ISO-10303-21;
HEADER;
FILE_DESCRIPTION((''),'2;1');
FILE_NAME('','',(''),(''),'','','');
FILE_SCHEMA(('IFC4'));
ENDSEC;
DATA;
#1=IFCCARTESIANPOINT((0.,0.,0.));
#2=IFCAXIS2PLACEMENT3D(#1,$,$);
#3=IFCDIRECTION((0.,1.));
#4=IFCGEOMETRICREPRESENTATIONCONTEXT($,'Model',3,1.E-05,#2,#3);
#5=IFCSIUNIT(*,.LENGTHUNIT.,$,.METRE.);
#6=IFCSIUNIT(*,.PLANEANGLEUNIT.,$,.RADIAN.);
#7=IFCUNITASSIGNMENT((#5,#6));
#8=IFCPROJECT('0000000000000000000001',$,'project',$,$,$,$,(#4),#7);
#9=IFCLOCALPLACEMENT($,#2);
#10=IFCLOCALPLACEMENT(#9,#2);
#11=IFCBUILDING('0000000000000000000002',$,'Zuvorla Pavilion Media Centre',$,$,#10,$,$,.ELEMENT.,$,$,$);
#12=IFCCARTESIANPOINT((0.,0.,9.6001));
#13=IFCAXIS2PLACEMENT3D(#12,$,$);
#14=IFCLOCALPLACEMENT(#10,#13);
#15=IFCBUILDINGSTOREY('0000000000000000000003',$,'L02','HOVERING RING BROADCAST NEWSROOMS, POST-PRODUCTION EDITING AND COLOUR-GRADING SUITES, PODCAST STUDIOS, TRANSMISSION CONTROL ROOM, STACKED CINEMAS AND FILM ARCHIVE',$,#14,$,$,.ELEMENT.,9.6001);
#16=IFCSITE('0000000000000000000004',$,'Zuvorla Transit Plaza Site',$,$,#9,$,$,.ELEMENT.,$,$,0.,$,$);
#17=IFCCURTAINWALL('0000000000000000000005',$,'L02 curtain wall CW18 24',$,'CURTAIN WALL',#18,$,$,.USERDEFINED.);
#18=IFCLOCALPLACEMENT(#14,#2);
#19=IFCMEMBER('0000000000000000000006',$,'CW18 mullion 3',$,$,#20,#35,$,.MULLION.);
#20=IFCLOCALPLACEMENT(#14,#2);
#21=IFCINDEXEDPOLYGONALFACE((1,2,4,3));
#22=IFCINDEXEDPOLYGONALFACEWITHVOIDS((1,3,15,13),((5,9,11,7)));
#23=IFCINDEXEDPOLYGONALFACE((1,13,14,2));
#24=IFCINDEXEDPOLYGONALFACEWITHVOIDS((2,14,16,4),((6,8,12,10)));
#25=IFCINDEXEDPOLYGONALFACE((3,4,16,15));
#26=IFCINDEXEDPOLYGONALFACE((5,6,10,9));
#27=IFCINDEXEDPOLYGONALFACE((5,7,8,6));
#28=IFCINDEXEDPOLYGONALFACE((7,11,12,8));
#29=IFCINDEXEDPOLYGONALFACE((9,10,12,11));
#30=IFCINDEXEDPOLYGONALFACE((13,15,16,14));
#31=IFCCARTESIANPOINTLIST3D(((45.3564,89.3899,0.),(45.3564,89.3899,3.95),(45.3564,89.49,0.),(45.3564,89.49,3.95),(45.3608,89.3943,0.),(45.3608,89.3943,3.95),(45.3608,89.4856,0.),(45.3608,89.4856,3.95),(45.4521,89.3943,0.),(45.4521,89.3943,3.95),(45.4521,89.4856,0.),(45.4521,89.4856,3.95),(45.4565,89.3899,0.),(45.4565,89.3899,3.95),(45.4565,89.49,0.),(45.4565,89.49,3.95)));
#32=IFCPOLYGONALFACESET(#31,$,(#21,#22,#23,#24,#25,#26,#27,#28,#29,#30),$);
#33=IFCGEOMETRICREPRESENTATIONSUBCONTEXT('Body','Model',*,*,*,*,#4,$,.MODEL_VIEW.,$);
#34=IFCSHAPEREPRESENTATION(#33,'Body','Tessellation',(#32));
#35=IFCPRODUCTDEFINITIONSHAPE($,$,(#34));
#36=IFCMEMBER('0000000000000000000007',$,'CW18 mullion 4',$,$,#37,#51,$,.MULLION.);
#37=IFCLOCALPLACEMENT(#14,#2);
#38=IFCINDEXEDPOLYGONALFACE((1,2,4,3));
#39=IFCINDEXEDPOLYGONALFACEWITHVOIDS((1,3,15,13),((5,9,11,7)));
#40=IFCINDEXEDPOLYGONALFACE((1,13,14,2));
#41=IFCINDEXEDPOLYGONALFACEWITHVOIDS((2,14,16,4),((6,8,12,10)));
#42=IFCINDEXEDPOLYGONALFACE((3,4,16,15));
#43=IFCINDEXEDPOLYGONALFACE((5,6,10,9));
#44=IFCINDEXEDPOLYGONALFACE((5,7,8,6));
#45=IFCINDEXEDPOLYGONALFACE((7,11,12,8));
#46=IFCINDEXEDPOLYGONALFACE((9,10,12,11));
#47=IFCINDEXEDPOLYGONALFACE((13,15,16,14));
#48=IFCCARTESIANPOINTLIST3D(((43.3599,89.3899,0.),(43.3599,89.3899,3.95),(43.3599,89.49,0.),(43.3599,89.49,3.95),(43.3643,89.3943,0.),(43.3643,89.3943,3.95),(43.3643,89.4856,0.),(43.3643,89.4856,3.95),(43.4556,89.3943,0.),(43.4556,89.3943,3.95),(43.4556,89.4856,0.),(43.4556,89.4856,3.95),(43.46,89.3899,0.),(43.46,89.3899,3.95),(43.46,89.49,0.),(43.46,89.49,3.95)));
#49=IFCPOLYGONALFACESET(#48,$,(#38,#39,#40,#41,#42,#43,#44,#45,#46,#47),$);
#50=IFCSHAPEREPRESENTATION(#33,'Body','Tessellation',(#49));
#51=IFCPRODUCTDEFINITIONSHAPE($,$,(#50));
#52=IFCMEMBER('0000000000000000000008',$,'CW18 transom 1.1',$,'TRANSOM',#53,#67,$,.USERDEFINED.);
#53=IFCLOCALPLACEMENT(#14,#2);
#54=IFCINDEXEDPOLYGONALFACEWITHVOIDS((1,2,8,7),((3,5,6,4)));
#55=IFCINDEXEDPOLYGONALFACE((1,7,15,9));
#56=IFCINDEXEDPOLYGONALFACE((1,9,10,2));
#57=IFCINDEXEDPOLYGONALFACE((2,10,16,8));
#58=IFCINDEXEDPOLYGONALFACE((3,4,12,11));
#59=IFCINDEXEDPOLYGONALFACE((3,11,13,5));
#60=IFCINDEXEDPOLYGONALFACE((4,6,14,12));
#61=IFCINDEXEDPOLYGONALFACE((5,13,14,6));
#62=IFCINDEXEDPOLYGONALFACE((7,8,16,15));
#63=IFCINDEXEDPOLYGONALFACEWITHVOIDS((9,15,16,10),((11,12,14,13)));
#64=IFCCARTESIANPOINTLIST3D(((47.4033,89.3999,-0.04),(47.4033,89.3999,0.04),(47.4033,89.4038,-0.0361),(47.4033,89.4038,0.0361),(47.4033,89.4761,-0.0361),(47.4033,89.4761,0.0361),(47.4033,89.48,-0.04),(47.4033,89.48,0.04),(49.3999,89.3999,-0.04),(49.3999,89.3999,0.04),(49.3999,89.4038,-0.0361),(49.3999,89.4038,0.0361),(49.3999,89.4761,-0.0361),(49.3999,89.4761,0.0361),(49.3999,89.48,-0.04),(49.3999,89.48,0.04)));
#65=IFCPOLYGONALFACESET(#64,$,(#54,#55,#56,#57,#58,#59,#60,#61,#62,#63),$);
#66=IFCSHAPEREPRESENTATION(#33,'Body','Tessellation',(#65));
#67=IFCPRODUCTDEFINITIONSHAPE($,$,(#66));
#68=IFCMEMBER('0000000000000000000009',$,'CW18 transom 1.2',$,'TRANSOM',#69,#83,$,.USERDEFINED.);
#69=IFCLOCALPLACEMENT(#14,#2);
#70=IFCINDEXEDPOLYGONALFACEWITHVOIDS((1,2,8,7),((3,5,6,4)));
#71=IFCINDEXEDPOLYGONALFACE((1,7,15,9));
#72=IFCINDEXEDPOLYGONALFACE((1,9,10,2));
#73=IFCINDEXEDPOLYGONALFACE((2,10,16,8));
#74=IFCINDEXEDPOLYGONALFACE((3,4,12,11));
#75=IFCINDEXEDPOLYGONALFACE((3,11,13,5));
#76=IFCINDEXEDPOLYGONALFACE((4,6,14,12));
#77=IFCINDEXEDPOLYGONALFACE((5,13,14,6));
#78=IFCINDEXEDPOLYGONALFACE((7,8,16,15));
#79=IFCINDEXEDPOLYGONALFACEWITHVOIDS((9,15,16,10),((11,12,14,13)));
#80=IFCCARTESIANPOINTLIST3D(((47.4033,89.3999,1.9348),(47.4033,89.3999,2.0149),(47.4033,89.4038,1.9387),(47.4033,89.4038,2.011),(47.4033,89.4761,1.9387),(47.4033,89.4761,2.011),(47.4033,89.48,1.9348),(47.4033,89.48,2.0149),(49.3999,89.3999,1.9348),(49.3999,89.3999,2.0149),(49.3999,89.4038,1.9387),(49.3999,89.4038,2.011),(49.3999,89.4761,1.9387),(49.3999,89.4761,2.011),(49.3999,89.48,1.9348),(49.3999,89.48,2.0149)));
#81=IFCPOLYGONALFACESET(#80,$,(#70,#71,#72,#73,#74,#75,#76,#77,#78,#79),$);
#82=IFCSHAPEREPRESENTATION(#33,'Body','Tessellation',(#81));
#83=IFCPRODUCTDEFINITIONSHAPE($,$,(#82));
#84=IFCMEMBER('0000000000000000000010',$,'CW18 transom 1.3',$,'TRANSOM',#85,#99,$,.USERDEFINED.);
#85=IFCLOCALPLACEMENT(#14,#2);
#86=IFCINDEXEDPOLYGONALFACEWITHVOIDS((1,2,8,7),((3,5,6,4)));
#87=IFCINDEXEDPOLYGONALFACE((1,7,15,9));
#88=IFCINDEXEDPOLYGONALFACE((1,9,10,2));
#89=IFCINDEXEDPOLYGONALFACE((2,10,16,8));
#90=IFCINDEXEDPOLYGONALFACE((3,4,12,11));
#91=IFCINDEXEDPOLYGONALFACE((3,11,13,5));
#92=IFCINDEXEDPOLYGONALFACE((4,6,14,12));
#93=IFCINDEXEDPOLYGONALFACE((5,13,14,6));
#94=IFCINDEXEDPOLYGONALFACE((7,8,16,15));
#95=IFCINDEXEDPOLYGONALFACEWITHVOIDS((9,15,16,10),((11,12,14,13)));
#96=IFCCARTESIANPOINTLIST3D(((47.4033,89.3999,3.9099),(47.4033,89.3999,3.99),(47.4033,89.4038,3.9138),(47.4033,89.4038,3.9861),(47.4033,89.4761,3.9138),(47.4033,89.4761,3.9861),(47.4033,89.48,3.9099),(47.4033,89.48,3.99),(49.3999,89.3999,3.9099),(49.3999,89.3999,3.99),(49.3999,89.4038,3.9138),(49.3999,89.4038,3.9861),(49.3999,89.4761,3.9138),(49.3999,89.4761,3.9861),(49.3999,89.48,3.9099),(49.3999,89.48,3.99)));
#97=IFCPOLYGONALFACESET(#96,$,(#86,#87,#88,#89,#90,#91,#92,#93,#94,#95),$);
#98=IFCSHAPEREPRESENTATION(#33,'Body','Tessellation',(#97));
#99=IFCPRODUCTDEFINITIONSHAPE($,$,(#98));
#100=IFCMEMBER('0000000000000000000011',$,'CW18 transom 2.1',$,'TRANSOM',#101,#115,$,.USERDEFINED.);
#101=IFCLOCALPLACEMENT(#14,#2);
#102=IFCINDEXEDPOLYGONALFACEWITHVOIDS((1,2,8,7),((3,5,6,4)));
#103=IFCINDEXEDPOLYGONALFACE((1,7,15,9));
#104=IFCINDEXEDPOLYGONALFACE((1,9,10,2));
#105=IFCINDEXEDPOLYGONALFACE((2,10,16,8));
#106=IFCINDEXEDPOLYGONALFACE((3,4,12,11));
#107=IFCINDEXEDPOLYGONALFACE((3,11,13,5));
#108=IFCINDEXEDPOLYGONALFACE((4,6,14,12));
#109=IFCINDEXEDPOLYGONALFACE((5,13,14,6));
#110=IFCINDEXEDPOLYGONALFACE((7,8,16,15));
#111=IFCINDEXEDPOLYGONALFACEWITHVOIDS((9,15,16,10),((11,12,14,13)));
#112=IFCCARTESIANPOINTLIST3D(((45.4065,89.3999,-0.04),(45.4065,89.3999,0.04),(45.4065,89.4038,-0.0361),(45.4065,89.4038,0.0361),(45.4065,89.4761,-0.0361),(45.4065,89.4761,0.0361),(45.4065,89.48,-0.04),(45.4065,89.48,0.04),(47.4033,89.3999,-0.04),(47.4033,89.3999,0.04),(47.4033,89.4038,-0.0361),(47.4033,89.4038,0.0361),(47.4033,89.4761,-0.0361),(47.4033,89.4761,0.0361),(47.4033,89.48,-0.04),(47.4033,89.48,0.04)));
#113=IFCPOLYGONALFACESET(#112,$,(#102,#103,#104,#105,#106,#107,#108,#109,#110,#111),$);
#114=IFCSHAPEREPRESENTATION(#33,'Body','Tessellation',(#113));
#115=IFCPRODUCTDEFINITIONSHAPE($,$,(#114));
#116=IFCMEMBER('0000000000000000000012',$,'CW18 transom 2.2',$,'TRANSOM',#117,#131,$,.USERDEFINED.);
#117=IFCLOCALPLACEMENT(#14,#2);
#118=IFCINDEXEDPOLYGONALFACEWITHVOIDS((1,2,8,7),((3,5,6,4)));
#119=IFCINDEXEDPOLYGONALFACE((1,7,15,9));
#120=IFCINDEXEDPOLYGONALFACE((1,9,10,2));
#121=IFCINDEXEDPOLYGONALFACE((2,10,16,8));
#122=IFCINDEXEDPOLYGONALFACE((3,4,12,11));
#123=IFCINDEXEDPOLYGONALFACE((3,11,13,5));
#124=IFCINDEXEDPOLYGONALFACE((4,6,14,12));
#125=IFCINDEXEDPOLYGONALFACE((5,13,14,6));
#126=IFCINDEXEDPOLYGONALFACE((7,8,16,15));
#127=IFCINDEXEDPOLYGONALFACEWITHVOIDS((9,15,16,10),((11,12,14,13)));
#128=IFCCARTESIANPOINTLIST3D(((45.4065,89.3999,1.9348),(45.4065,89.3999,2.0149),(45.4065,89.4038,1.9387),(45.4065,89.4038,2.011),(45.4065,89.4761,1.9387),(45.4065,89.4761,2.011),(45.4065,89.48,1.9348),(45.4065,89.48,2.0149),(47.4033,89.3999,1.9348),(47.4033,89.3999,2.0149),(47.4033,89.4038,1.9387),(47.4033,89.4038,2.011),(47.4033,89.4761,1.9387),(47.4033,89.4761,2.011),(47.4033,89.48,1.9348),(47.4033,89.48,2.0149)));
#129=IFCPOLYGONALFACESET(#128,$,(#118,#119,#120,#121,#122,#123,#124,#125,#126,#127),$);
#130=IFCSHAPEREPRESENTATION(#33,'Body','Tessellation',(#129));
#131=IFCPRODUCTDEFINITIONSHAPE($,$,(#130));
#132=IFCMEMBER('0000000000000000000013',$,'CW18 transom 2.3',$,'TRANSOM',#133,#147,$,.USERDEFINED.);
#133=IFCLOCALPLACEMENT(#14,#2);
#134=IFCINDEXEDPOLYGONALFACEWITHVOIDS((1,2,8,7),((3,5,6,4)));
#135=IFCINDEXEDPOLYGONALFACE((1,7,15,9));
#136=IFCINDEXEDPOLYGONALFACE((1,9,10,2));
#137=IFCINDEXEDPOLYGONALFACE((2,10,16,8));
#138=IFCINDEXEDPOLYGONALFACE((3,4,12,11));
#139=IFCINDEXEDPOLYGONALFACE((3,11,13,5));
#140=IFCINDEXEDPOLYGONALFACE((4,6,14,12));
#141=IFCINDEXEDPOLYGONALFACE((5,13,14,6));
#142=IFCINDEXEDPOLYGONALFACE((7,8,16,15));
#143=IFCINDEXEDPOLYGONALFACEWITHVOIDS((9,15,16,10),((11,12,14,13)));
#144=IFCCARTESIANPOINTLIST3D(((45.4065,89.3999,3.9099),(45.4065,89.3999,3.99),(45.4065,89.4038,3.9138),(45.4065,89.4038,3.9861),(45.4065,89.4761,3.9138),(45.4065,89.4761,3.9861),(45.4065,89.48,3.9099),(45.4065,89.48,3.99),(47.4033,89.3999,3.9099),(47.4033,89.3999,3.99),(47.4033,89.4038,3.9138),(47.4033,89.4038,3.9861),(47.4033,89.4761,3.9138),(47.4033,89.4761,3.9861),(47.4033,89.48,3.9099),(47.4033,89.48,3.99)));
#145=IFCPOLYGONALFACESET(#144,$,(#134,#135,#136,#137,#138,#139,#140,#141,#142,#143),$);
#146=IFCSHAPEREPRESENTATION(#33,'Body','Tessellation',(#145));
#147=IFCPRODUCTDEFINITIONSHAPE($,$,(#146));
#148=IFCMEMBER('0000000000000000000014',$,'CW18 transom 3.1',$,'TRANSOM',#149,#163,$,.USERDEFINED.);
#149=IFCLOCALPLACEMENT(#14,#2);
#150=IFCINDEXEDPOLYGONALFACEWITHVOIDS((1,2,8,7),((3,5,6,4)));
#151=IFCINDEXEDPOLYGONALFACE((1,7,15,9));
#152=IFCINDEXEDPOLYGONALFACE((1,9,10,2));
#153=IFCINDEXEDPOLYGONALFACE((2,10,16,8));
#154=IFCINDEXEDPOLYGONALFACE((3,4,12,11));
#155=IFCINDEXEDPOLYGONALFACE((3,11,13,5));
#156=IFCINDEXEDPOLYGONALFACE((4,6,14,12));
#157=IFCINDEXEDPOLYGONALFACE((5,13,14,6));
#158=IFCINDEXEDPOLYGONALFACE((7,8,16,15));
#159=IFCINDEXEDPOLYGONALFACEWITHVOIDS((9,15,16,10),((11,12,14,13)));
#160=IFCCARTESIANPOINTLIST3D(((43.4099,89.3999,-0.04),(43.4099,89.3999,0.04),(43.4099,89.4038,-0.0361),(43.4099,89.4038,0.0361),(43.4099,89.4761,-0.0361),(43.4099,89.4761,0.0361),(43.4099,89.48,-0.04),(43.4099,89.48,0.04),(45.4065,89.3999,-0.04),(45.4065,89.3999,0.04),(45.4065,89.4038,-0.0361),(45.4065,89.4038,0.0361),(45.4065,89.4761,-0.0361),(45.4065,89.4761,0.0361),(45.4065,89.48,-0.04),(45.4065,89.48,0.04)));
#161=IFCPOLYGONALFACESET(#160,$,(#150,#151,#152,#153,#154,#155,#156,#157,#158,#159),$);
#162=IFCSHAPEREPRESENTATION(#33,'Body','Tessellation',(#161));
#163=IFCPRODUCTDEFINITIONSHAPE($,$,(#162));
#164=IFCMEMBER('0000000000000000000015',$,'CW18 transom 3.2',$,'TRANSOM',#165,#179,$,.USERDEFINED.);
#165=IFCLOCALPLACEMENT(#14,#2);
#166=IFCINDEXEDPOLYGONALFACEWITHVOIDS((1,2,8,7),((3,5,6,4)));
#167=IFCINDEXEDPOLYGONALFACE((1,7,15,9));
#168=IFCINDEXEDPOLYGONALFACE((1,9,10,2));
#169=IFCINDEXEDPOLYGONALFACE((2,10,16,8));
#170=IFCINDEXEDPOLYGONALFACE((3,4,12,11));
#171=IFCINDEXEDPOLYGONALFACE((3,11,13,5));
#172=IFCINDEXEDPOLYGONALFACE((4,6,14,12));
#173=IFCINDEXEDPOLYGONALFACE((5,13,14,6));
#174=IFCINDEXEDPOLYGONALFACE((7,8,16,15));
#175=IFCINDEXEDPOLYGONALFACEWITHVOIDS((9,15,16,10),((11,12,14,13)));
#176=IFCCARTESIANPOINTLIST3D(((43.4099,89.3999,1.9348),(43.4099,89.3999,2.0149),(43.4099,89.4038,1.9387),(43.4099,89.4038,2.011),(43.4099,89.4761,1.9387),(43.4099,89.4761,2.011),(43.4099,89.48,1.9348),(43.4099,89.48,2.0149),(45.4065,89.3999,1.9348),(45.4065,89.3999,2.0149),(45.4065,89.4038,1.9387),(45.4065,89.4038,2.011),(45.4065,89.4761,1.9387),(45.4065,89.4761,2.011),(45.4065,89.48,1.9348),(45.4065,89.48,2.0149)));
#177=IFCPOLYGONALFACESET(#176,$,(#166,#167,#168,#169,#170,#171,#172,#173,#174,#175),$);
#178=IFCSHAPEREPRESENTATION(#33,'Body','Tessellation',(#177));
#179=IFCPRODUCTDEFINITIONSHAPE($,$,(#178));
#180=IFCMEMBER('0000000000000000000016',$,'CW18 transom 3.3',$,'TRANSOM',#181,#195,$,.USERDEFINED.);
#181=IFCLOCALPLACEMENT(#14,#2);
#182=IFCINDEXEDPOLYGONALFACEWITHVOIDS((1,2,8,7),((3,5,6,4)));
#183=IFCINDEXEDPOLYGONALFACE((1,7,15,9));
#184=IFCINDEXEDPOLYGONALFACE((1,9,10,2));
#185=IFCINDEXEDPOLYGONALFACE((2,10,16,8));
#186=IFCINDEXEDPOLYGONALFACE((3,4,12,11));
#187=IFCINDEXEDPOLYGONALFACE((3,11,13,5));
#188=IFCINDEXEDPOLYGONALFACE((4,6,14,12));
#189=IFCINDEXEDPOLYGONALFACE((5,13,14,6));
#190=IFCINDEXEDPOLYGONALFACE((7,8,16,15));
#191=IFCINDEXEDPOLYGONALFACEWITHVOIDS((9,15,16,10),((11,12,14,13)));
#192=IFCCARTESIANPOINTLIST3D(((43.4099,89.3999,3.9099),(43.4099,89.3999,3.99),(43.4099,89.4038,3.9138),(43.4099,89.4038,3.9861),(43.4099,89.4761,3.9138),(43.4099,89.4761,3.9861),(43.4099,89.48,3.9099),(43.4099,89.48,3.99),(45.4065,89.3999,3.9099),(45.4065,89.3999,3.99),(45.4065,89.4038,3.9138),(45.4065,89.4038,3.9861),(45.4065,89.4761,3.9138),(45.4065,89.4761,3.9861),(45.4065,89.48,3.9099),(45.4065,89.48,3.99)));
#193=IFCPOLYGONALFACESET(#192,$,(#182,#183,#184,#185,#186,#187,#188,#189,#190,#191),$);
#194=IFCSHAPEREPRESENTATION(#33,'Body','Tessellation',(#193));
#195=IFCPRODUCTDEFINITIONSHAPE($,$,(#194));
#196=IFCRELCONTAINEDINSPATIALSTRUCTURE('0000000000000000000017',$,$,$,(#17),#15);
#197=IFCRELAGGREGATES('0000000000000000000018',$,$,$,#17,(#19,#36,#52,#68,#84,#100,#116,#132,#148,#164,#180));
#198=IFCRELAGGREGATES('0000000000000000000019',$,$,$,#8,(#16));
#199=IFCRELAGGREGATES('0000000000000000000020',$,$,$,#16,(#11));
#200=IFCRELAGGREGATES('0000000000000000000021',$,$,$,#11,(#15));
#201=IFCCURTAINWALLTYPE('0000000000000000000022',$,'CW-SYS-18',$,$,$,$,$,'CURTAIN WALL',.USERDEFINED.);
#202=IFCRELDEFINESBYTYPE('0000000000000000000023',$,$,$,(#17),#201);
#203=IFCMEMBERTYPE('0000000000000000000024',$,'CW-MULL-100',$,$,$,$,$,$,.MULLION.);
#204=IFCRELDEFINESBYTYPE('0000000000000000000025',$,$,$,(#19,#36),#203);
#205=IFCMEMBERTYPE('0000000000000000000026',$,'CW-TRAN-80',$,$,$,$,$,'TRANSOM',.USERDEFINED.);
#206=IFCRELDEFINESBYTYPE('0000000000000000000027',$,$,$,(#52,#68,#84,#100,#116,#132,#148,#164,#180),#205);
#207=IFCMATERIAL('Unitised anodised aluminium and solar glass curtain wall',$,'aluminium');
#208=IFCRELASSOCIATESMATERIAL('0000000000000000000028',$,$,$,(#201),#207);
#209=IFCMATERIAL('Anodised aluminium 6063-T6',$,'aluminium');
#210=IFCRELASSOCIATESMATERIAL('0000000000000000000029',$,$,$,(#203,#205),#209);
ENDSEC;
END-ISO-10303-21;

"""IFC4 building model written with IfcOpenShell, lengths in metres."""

from ifc_helpers import new_model, si_unit, direction, frame, origin, origin_2d, place, context, subcontext, project, spatial, hollow_rectangle, extrude, material, material_profile, profile_set, type_object, element, aggregate, save


model = new_model("IFC4")

# Units and contexts
model_context = context("Model", 3, precision=1e-05, world=origin(), true_north=direction((0.0, 1.0)))
body_context = subcontext(model_context, "Body", "Model", "MODEL_VIEW")
ifc_project = project(units=[si_unit("LENGTHUNIT", "METRE"), si_unit("PLANEANGLEUNIT", "RADIAN")], contexts=[model_context])

# Site, building, storey
site_placement = place(None, origin())
site = spatial("IfcSite", under=ifc_project, at=site_placement, Name="Zuvorla Transit Plaza Site", CompositionType="ELEMENT", RefElevation=0.0)
building_placement = place(site_placement, origin())
building = spatial("IfcBuilding", under=site, at=building_placement, Name="Zuvorla Pavilion Media Centre", CompositionType="ELEMENT")
storey_placement = place(building_placement, frame((0.0, 0.0, 9.6001)))
storey = spatial("IfcBuildingStorey", under=building, at=storey_placement, Name="L02", Description="HOVERING RING BROADCAST NEWSROOMS, POST-PRODUCTION EDITING AND COLOUR-GRADING SUITES, PODCAST STUDIOS, TRANSMISSION CONTROL ROOM, STACKED CINEMAS AND FILM ARCHIVE", CompositionType="ELEMENT", Elevation=9.6001)

# Curtain wall, members
ifc_material_1 = material(Name="Unitised anodised aluminium and solar glass curtain wall", Category="aluminium")
curtain_wall_type = type_object("IfcCurtainWallType", Name="CW-SYS-18", ElementType="CURTAIN WALL", PredefinedType="USERDEFINED", material=ifc_material_1)
curtain_wall_placement = place(storey_placement, origin())
curtain_wall = element("IfcCurtainWall", 1, at=curtain_wall_placement, inside=storey, type_object=curtain_wall_type, Name="L02 curtain wall CW18 24", ObjectType="CURTAIN WALL", PredefinedType="USERDEFINED")
ifc_material_2 = material(Name="Anodised aluminium 6063-T6", Category="aluminium")
ifc_material_profile_1 = material_profile(ifc_material_2, hollow_rectangle(XDim=0.1001, YDim=0.1001, WallThickness=0.0044, at=origin_2d()), Name="ALU MULL 100x100")
ifc_profile_set_1 = profile_set([ifc_material_profile_1], Name="Anodised aluminium 6063-T6")
member_type_1 = type_object("IfcMemberType", Name="CW-MULL-100", PredefinedType="MULLION", material=ifc_profile_set_1)
member_1_placement = place(storey_placement, frame((45.4065, 89.4399, 0.0), z_axis=(0.0, 0.0, 1.0), x_axis=(1.0, 0.0, 0.0)))
member_1 = element("IfcMember", 2, at=member_1_placement, type_object=member_type_1, Name="CW18 mullion 3", PredefinedType="MULLION", context=body_context, shape_type="SweptSolid", body=[
    extrude(hollow_rectangle(XDim=0.1001, YDim=0.1001, WallThickness=0.0044, at=origin_2d()), origin(), (0.0, 0.0, 1.0), 3.95),
])
member_2_placement = place(storey_placement, frame((43.4099, 89.4399, 0.0), z_axis=(0.0, 0.0, 1.0), x_axis=(1.0, 0.0, 0.0)))
member_2 = element("IfcMember", 3, at=member_2_placement, type_object=member_type_1, Name="CW18 mullion 4", PredefinedType="MULLION", context=body_context, shape_type="SweptSolid", body=[
    extrude(hollow_rectangle(XDim=0.1001, YDim=0.1001, WallThickness=0.0044, at=origin_2d()), origin(), (0.0, 0.0, 1.0), 3.95),
])
ifc_material_profile_2 = material_profile(ifc_material_2, hollow_rectangle(XDim=0.0801, YDim=0.0801, WallThickness=0.0039, at=origin_2d()), Name="ALU TRAN 80x80")
ifc_profile_set_2 = profile_set([ifc_material_profile_2], Name="Anodised aluminium 6063-T6")
member_type_2 = type_object("IfcMemberType", Name="CW-TRAN-80", ElementType="TRANSOM", PredefinedType="USERDEFINED", material=ifc_profile_set_2)
member_3_placement = place(storey_placement, frame((49.3999, 89.4399, 0.0), z_axis=(-1.0, 0.0, 0.0), x_axis=(0.0, -1.0, 0.0)))
member_3 = element("IfcMember", 4, at=member_3_placement, type_object=member_type_2, Name="CW18 transom 1.1", ObjectType="TRANSOM", PredefinedType="USERDEFINED", context=body_context, shape_type="SweptSolid", body=[
    extrude(hollow_rectangle(XDim=0.0801, YDim=0.0801, WallThickness=0.0039, at=origin_2d()), origin(), (0.0, 0.0, 1.0), 1.9966),
])
member_4_placement = place(storey_placement, frame((49.3999, 89.4399, 1.9749), z_axis=(-1.0, 0.0, 0.0), x_axis=(0.0, -1.0, 0.0)))
member_4 = element("IfcMember", 5, at=member_4_placement, type_object=member_type_2, Name="CW18 transom 1.2", ObjectType="TRANSOM", PredefinedType="USERDEFINED", context=body_context, shape_type="SweptSolid", body=[
    extrude(hollow_rectangle(XDim=0.0801, YDim=0.0801, WallThickness=0.0039, at=origin_2d()), origin(), (0.0, 0.0, 1.0), 1.9966),
])
member_5_placement = place(storey_placement, frame((49.3999, 89.4399, 3.95), z_axis=(-1.0, 0.0, 0.0), x_axis=(0.0, -1.0, 0.0)))
member_5 = element("IfcMember", 6, at=member_5_placement, type_object=member_type_2, Name="CW18 transom 1.3", ObjectType="TRANSOM", PredefinedType="USERDEFINED", context=body_context, shape_type="SweptSolid", body=[
    extrude(hollow_rectangle(XDim=0.0801, YDim=0.0801, WallThickness=0.0039, at=origin_2d()), origin(), (0.0, 0.0, 1.0), 1.9966),
])
member_6_placement = place(storey_placement, frame((47.4033, 89.4399, 0.0), z_axis=(-1.0, 0.0, 0.0), x_axis=(0.0, -1.0, 0.0)))
member_6 = element("IfcMember", 7, at=member_6_placement, type_object=member_type_2, Name="CW18 transom 2.1", ObjectType="TRANSOM", PredefinedType="USERDEFINED", context=body_context, shape_type="SweptSolid", body=[
    extrude(hollow_rectangle(XDim=0.0801, YDim=0.0801, WallThickness=0.0039, at=origin_2d()), origin(), (0.0, 0.0, 1.0), 1.9968),
])
member_7_placement = place(storey_placement, frame((47.4033, 89.4399, 1.9749), z_axis=(-1.0, 0.0, 0.0), x_axis=(0.0, -1.0, 0.0)))
member_7 = element("IfcMember", 8, at=member_7_placement, type_object=member_type_2, Name="CW18 transom 2.2", ObjectType="TRANSOM", PredefinedType="USERDEFINED", context=body_context, shape_type="SweptSolid", body=[
    extrude(hollow_rectangle(XDim=0.0801, YDim=0.0801, WallThickness=0.0039, at=origin_2d()), origin(), (0.0, 0.0, 1.0), 1.9968),
])
member_8_placement = place(storey_placement, frame((47.4033, 89.4399, 3.95), z_axis=(-1.0, 0.0, 0.0), x_axis=(0.0, -1.0, 0.0)))
member_8 = element("IfcMember", 9, at=member_8_placement, type_object=member_type_2, Name="CW18 transom 2.3", ObjectType="TRANSOM", PredefinedType="USERDEFINED", context=body_context, shape_type="SweptSolid", body=[
    extrude(hollow_rectangle(XDim=0.0801, YDim=0.0801, WallThickness=0.0039, at=origin_2d()), origin(), (0.0, 0.0, 1.0), 1.9968),
])
member_9_placement = place(storey_placement, frame((45.4065, 89.4399, 0.0), z_axis=(-1.0, 0.0, 0.0), x_axis=(0.0, -1.0, 0.0)))
member_9 = element("IfcMember", 10, at=member_9_placement, type_object=member_type_2, Name="CW18 transom 3.1", ObjectType="TRANSOM", PredefinedType="USERDEFINED", context=body_context, shape_type="SweptSolid", body=[
    extrude(hollow_rectangle(XDim=0.0801, YDim=0.0801, WallThickness=0.0039, at=origin_2d()), origin(), (0.0, 0.0, 1.0), 1.9966),
])
member_10_placement = place(storey_placement, frame((45.4065, 89.4399, 1.9749), z_axis=(-1.0, 0.0, 0.0), x_axis=(0.0, -1.0, 0.0)))
member_10 = element("IfcMember", 11, at=member_10_placement, type_object=member_type_2, Name="CW18 transom 3.2", ObjectType="TRANSOM", PredefinedType="USERDEFINED", context=body_context, shape_type="SweptSolid", body=[
    extrude(hollow_rectangle(XDim=0.0801, YDim=0.0801, WallThickness=0.0039, at=origin_2d()), origin(), (0.0, 0.0, 1.0), 1.9966),
])
member_11_placement = place(storey_placement, frame((45.4065, 89.4399, 3.95), z_axis=(-1.0, 0.0, 0.0), x_axis=(0.0, -1.0, 0.0)))
member_11 = element("IfcMember", 12, at=member_11_placement, type_object=member_type_2, Name="CW18 transom 3.3", ObjectType="TRANSOM", PredefinedType="USERDEFINED", context=body_context, shape_type="SweptSolid", body=[
    extrude(hollow_rectangle(XDim=0.0801, YDim=0.0801, WallThickness=0.0039, at=origin_2d()), origin(), (0.0, 0.0, 1.0), 1.9966),
])
aggregate(curtain_wall, [member_1, member_2, member_3, member_4, member_5, member_6, member_7, member_8, member_9, member_10, member_11])

save(model, "model.ifc")
